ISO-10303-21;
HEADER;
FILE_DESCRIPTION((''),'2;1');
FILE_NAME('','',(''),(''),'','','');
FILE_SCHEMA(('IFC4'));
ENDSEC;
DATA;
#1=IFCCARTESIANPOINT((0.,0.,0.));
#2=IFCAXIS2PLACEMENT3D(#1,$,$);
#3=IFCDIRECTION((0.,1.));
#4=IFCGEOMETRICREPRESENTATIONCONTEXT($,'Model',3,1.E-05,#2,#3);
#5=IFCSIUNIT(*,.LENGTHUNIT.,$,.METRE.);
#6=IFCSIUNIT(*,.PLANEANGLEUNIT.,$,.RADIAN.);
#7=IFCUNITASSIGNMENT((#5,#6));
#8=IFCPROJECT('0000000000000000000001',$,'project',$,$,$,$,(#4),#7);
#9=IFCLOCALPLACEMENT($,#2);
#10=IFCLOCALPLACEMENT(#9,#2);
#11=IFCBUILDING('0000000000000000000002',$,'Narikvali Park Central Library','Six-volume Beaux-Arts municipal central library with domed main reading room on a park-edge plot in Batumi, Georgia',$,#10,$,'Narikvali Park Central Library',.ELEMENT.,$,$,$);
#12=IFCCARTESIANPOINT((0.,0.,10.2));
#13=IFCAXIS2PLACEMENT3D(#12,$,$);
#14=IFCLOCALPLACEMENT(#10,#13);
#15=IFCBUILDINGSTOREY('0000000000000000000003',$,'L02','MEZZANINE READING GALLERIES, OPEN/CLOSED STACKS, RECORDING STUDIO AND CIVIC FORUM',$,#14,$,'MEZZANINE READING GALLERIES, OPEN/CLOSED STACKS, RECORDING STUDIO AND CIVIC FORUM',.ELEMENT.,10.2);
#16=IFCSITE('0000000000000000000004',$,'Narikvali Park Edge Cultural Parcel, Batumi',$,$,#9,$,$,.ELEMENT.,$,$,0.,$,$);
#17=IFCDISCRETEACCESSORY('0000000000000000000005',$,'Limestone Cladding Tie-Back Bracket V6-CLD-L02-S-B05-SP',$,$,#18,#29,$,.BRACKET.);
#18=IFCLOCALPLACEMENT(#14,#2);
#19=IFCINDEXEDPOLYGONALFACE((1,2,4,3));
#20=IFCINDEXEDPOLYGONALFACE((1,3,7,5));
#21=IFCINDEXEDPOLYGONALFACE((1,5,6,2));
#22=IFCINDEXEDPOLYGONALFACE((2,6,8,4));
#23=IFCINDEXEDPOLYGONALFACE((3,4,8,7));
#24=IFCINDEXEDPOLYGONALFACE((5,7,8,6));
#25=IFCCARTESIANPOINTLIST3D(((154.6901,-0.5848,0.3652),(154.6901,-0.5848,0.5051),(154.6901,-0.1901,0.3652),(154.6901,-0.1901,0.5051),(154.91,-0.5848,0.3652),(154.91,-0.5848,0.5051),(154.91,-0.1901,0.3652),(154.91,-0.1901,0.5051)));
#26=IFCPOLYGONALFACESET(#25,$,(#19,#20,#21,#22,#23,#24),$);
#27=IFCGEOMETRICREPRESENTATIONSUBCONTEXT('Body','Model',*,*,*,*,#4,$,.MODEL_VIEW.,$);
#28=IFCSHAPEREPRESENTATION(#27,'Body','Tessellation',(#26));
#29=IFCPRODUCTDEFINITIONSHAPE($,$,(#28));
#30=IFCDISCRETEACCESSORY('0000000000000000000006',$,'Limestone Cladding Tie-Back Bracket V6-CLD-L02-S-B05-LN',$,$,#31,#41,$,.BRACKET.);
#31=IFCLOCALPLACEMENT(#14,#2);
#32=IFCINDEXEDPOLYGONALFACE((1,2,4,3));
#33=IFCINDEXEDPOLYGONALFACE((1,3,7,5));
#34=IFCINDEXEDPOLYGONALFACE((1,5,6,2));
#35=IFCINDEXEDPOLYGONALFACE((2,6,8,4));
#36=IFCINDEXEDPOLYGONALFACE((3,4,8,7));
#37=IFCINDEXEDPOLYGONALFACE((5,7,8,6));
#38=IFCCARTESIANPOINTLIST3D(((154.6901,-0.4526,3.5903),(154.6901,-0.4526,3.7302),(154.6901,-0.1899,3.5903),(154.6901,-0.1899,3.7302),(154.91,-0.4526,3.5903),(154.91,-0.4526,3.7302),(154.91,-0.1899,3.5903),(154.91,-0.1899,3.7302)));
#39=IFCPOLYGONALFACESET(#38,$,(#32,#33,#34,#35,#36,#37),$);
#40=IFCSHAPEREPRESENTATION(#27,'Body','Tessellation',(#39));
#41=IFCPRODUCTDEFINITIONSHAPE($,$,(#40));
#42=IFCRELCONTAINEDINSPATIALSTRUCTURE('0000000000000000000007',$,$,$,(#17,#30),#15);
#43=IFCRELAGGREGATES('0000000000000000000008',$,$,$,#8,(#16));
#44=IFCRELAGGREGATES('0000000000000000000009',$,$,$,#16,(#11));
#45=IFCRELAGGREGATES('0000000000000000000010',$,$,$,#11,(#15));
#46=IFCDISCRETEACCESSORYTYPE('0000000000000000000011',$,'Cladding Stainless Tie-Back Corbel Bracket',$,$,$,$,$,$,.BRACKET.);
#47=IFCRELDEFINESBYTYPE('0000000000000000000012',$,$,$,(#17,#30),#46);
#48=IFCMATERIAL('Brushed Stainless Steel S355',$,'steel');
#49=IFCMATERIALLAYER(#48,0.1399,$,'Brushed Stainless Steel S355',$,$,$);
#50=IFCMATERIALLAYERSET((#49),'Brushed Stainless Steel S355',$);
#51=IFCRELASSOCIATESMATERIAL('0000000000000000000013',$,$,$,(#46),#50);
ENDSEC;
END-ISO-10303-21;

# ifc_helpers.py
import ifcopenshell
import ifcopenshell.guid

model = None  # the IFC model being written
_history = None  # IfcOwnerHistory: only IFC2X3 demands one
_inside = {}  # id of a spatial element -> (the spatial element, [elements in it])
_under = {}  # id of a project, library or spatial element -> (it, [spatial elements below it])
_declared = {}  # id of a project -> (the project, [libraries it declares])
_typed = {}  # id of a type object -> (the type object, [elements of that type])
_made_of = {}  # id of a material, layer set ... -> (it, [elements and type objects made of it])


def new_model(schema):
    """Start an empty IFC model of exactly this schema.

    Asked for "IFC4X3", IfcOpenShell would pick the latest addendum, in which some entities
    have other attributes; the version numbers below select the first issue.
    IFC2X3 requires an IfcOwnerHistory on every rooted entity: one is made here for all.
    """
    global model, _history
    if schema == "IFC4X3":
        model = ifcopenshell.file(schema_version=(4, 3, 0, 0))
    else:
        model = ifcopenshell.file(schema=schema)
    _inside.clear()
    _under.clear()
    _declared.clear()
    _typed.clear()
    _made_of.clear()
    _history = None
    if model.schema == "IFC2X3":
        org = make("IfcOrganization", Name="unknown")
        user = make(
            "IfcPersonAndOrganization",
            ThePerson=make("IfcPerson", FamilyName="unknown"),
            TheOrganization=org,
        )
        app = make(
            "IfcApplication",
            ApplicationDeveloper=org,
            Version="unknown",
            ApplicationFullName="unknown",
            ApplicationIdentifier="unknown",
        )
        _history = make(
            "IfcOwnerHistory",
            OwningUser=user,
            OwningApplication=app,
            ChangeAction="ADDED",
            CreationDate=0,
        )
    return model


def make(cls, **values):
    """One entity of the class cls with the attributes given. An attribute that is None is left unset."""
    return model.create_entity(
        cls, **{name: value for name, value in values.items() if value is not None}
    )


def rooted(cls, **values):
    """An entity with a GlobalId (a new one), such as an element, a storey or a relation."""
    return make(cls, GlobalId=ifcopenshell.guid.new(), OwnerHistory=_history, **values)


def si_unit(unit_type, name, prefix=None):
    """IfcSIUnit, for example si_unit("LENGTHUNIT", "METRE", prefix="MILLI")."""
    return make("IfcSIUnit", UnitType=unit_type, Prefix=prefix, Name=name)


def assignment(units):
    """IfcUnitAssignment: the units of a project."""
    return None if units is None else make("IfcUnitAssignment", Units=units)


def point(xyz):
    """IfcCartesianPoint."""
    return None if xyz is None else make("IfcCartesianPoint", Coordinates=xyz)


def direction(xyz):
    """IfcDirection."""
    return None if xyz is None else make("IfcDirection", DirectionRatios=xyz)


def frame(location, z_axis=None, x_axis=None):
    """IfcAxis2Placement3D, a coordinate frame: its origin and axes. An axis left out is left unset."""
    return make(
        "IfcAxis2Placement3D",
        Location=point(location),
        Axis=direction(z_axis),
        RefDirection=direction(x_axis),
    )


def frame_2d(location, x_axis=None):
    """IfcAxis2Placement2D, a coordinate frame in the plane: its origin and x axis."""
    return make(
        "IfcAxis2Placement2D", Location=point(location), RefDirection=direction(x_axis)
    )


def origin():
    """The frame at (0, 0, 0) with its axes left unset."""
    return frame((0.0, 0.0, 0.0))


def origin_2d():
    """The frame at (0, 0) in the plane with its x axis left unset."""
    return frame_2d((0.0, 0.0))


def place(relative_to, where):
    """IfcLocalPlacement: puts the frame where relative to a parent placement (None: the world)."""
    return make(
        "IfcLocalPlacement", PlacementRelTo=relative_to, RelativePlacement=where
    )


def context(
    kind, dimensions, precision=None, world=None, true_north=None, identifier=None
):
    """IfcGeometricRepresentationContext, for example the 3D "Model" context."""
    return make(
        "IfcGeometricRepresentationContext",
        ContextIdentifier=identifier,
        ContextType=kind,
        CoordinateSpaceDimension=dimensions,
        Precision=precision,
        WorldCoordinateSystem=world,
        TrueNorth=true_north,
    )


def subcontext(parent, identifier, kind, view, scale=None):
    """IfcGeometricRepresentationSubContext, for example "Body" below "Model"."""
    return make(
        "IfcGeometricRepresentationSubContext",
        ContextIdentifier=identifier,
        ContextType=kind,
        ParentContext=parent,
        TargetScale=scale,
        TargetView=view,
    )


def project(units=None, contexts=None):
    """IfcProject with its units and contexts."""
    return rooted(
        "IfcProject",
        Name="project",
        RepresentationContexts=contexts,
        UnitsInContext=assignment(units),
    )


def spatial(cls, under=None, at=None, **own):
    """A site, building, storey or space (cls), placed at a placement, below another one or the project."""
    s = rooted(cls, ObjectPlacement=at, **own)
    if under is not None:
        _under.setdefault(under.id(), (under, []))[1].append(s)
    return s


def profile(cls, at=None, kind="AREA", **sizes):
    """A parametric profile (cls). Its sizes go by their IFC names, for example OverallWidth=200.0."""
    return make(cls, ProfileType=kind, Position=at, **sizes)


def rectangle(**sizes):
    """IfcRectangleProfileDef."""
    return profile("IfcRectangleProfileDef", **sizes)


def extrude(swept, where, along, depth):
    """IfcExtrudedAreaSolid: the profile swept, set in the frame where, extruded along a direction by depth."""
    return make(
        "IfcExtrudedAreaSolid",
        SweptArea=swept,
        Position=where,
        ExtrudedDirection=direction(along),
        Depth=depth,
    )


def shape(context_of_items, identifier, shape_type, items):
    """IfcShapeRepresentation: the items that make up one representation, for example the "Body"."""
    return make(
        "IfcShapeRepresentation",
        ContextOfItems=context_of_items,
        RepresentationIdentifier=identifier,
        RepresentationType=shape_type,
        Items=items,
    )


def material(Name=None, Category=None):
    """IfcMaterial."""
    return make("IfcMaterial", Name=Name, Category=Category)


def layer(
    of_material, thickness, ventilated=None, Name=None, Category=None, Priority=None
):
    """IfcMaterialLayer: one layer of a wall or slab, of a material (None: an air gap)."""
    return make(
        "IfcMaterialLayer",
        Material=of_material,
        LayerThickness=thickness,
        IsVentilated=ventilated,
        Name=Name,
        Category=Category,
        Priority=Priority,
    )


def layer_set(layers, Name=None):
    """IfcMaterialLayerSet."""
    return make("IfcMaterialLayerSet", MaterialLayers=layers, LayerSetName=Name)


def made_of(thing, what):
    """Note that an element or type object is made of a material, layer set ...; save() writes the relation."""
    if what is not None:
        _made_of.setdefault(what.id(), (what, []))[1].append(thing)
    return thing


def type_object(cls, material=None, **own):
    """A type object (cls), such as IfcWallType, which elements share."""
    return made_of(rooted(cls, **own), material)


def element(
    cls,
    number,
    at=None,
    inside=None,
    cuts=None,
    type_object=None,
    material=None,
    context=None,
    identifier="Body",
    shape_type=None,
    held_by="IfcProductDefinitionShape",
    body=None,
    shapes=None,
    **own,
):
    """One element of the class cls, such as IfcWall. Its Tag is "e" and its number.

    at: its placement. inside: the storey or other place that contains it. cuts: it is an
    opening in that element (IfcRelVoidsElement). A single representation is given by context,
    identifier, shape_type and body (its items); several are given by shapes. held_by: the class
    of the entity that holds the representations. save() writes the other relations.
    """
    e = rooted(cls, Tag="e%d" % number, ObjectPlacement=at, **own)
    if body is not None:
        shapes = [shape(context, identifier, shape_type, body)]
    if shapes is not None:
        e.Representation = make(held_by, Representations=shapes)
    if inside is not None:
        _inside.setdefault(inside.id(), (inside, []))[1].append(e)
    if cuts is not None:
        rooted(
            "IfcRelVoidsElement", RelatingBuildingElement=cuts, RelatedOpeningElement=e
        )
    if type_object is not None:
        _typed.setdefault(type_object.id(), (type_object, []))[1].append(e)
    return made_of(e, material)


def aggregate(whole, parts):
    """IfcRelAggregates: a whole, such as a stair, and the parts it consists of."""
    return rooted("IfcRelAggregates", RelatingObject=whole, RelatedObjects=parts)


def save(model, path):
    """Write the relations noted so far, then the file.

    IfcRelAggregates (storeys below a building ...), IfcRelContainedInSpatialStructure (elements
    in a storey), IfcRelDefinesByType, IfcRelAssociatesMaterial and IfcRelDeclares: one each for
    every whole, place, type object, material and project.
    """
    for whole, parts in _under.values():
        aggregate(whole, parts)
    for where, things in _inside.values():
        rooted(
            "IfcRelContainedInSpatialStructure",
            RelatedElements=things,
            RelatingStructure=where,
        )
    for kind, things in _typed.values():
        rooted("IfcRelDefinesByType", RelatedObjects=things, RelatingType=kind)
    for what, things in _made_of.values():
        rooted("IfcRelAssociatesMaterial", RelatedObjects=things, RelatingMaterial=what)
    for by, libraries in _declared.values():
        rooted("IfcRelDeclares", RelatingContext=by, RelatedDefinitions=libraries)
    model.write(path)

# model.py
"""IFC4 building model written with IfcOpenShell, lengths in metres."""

from ifc_helpers import new_model, si_unit, direction, frame, origin, origin_2d, place, context, subcontext, project, spatial, rectangle, extrude, material, layer, layer_set, type_object, element, save


model = new_model("IFC4")

# Units and contexts
model_context = context("Model", 3, precision=1e-05, world=origin(), true_north=direction((0.0, 1.0)))
body_context = subcontext(model_context, "Body", "Model", "MODEL_VIEW")
ifc_project = project(units=[si_unit("LENGTHUNIT", "METRE"), si_unit("PLANEANGLEUNIT", "RADIAN")], contexts=[model_context])

# Site, building, storey
site_placement = place(None, origin())
site = spatial("IfcSite", under=ifc_project, at=site_placement, Name="Narikvali Park Edge Cultural Parcel, Batumi", CompositionType="ELEMENT", RefElevation=0.0)
building_placement = place(site_placement, origin())
building = spatial("IfcBuilding", under=site, at=building_placement, Name="Narikvali Park Central Library", Description="Six-volume Beaux-Arts municipal central library with domed main reading room on a park-edge plot in Batumi, Georgia", LongName="Narikvali Park Central Library", CompositionType="ELEMENT")
storey_placement = place(building_placement, frame((0.0, 0.0, 10.2)))
storey = spatial("IfcBuildingStorey", under=building, at=storey_placement, Name="L02", Description="MEZZANINE READING GALLERIES, OPEN/CLOSED STACKS, RECORDING STUDIO AND CIVIC FORUM", LongName="MEZZANINE READING GALLERIES, OPEN/CLOSED STACKS, RECORDING STUDIO AND CIVIC FORUM", CompositionType="ELEMENT", Elevation=10.2)

# Discrete accessories
ifc_material_1 = material(Name="Brushed Stainless Steel S355", Category="steel")
ifc_layer_1 = layer(ifc_material_1, 0.1399, Name="Brushed Stainless Steel S355")
ifc_layer_set_1 = layer_set([ifc_layer_1], Name="Brushed Stainless Steel S355")
discrete_accessory_type = type_object("IfcDiscreteAccessoryType", Name="Cladding Stainless Tie-Back Corbel Bracket", PredefinedType="BRACKET", material=ifc_layer_set_1)
discrete_accessory_1_placement = place(storey_placement, frame((154.8, -0.3875, 0.3652), z_axis=(0.0, 0.0, 1.0), x_axis=(1.0, 0.0, 0.0)))
element("IfcDiscreteAccessory", 1, at=discrete_accessory_1_placement, inside=storey, type_object=discrete_accessory_type, Name="Limestone Cladding Tie-Back Bracket V6-CLD-L02-S-B05-SP", PredefinedType="BRACKET", context=body_context, shape_type="SweptSolid", body=[
    extrude(rectangle(XDim=0.22, YDim=0.3948, at=origin_2d()), origin(), (0.0, 0.0, 1.0), 0.1399),
])
discrete_accessory_2_placement = place(storey_placement, frame((154.8, -0.3213, 3.5903), z_axis=(0.0, 0.0, 1.0), x_axis=(1.0, 0.0, 0.0)))
element("IfcDiscreteAccessory", 2, at=discrete_accessory_2_placement, inside=storey, type_object=discrete_accessory_type, Name="Limestone Cladding Tie-Back Bracket V6-CLD-L02-S-B05-LN", PredefinedType="BRACKET", context=body_context, shape_type="SweptSolid", body=[
    extrude(rectangle(XDim=0.22, YDim=0.2627, at=origin_2d()), origin(), (0.0, 0.0, 1.0), 0.1399),
])

save(model, "model.ifc")
